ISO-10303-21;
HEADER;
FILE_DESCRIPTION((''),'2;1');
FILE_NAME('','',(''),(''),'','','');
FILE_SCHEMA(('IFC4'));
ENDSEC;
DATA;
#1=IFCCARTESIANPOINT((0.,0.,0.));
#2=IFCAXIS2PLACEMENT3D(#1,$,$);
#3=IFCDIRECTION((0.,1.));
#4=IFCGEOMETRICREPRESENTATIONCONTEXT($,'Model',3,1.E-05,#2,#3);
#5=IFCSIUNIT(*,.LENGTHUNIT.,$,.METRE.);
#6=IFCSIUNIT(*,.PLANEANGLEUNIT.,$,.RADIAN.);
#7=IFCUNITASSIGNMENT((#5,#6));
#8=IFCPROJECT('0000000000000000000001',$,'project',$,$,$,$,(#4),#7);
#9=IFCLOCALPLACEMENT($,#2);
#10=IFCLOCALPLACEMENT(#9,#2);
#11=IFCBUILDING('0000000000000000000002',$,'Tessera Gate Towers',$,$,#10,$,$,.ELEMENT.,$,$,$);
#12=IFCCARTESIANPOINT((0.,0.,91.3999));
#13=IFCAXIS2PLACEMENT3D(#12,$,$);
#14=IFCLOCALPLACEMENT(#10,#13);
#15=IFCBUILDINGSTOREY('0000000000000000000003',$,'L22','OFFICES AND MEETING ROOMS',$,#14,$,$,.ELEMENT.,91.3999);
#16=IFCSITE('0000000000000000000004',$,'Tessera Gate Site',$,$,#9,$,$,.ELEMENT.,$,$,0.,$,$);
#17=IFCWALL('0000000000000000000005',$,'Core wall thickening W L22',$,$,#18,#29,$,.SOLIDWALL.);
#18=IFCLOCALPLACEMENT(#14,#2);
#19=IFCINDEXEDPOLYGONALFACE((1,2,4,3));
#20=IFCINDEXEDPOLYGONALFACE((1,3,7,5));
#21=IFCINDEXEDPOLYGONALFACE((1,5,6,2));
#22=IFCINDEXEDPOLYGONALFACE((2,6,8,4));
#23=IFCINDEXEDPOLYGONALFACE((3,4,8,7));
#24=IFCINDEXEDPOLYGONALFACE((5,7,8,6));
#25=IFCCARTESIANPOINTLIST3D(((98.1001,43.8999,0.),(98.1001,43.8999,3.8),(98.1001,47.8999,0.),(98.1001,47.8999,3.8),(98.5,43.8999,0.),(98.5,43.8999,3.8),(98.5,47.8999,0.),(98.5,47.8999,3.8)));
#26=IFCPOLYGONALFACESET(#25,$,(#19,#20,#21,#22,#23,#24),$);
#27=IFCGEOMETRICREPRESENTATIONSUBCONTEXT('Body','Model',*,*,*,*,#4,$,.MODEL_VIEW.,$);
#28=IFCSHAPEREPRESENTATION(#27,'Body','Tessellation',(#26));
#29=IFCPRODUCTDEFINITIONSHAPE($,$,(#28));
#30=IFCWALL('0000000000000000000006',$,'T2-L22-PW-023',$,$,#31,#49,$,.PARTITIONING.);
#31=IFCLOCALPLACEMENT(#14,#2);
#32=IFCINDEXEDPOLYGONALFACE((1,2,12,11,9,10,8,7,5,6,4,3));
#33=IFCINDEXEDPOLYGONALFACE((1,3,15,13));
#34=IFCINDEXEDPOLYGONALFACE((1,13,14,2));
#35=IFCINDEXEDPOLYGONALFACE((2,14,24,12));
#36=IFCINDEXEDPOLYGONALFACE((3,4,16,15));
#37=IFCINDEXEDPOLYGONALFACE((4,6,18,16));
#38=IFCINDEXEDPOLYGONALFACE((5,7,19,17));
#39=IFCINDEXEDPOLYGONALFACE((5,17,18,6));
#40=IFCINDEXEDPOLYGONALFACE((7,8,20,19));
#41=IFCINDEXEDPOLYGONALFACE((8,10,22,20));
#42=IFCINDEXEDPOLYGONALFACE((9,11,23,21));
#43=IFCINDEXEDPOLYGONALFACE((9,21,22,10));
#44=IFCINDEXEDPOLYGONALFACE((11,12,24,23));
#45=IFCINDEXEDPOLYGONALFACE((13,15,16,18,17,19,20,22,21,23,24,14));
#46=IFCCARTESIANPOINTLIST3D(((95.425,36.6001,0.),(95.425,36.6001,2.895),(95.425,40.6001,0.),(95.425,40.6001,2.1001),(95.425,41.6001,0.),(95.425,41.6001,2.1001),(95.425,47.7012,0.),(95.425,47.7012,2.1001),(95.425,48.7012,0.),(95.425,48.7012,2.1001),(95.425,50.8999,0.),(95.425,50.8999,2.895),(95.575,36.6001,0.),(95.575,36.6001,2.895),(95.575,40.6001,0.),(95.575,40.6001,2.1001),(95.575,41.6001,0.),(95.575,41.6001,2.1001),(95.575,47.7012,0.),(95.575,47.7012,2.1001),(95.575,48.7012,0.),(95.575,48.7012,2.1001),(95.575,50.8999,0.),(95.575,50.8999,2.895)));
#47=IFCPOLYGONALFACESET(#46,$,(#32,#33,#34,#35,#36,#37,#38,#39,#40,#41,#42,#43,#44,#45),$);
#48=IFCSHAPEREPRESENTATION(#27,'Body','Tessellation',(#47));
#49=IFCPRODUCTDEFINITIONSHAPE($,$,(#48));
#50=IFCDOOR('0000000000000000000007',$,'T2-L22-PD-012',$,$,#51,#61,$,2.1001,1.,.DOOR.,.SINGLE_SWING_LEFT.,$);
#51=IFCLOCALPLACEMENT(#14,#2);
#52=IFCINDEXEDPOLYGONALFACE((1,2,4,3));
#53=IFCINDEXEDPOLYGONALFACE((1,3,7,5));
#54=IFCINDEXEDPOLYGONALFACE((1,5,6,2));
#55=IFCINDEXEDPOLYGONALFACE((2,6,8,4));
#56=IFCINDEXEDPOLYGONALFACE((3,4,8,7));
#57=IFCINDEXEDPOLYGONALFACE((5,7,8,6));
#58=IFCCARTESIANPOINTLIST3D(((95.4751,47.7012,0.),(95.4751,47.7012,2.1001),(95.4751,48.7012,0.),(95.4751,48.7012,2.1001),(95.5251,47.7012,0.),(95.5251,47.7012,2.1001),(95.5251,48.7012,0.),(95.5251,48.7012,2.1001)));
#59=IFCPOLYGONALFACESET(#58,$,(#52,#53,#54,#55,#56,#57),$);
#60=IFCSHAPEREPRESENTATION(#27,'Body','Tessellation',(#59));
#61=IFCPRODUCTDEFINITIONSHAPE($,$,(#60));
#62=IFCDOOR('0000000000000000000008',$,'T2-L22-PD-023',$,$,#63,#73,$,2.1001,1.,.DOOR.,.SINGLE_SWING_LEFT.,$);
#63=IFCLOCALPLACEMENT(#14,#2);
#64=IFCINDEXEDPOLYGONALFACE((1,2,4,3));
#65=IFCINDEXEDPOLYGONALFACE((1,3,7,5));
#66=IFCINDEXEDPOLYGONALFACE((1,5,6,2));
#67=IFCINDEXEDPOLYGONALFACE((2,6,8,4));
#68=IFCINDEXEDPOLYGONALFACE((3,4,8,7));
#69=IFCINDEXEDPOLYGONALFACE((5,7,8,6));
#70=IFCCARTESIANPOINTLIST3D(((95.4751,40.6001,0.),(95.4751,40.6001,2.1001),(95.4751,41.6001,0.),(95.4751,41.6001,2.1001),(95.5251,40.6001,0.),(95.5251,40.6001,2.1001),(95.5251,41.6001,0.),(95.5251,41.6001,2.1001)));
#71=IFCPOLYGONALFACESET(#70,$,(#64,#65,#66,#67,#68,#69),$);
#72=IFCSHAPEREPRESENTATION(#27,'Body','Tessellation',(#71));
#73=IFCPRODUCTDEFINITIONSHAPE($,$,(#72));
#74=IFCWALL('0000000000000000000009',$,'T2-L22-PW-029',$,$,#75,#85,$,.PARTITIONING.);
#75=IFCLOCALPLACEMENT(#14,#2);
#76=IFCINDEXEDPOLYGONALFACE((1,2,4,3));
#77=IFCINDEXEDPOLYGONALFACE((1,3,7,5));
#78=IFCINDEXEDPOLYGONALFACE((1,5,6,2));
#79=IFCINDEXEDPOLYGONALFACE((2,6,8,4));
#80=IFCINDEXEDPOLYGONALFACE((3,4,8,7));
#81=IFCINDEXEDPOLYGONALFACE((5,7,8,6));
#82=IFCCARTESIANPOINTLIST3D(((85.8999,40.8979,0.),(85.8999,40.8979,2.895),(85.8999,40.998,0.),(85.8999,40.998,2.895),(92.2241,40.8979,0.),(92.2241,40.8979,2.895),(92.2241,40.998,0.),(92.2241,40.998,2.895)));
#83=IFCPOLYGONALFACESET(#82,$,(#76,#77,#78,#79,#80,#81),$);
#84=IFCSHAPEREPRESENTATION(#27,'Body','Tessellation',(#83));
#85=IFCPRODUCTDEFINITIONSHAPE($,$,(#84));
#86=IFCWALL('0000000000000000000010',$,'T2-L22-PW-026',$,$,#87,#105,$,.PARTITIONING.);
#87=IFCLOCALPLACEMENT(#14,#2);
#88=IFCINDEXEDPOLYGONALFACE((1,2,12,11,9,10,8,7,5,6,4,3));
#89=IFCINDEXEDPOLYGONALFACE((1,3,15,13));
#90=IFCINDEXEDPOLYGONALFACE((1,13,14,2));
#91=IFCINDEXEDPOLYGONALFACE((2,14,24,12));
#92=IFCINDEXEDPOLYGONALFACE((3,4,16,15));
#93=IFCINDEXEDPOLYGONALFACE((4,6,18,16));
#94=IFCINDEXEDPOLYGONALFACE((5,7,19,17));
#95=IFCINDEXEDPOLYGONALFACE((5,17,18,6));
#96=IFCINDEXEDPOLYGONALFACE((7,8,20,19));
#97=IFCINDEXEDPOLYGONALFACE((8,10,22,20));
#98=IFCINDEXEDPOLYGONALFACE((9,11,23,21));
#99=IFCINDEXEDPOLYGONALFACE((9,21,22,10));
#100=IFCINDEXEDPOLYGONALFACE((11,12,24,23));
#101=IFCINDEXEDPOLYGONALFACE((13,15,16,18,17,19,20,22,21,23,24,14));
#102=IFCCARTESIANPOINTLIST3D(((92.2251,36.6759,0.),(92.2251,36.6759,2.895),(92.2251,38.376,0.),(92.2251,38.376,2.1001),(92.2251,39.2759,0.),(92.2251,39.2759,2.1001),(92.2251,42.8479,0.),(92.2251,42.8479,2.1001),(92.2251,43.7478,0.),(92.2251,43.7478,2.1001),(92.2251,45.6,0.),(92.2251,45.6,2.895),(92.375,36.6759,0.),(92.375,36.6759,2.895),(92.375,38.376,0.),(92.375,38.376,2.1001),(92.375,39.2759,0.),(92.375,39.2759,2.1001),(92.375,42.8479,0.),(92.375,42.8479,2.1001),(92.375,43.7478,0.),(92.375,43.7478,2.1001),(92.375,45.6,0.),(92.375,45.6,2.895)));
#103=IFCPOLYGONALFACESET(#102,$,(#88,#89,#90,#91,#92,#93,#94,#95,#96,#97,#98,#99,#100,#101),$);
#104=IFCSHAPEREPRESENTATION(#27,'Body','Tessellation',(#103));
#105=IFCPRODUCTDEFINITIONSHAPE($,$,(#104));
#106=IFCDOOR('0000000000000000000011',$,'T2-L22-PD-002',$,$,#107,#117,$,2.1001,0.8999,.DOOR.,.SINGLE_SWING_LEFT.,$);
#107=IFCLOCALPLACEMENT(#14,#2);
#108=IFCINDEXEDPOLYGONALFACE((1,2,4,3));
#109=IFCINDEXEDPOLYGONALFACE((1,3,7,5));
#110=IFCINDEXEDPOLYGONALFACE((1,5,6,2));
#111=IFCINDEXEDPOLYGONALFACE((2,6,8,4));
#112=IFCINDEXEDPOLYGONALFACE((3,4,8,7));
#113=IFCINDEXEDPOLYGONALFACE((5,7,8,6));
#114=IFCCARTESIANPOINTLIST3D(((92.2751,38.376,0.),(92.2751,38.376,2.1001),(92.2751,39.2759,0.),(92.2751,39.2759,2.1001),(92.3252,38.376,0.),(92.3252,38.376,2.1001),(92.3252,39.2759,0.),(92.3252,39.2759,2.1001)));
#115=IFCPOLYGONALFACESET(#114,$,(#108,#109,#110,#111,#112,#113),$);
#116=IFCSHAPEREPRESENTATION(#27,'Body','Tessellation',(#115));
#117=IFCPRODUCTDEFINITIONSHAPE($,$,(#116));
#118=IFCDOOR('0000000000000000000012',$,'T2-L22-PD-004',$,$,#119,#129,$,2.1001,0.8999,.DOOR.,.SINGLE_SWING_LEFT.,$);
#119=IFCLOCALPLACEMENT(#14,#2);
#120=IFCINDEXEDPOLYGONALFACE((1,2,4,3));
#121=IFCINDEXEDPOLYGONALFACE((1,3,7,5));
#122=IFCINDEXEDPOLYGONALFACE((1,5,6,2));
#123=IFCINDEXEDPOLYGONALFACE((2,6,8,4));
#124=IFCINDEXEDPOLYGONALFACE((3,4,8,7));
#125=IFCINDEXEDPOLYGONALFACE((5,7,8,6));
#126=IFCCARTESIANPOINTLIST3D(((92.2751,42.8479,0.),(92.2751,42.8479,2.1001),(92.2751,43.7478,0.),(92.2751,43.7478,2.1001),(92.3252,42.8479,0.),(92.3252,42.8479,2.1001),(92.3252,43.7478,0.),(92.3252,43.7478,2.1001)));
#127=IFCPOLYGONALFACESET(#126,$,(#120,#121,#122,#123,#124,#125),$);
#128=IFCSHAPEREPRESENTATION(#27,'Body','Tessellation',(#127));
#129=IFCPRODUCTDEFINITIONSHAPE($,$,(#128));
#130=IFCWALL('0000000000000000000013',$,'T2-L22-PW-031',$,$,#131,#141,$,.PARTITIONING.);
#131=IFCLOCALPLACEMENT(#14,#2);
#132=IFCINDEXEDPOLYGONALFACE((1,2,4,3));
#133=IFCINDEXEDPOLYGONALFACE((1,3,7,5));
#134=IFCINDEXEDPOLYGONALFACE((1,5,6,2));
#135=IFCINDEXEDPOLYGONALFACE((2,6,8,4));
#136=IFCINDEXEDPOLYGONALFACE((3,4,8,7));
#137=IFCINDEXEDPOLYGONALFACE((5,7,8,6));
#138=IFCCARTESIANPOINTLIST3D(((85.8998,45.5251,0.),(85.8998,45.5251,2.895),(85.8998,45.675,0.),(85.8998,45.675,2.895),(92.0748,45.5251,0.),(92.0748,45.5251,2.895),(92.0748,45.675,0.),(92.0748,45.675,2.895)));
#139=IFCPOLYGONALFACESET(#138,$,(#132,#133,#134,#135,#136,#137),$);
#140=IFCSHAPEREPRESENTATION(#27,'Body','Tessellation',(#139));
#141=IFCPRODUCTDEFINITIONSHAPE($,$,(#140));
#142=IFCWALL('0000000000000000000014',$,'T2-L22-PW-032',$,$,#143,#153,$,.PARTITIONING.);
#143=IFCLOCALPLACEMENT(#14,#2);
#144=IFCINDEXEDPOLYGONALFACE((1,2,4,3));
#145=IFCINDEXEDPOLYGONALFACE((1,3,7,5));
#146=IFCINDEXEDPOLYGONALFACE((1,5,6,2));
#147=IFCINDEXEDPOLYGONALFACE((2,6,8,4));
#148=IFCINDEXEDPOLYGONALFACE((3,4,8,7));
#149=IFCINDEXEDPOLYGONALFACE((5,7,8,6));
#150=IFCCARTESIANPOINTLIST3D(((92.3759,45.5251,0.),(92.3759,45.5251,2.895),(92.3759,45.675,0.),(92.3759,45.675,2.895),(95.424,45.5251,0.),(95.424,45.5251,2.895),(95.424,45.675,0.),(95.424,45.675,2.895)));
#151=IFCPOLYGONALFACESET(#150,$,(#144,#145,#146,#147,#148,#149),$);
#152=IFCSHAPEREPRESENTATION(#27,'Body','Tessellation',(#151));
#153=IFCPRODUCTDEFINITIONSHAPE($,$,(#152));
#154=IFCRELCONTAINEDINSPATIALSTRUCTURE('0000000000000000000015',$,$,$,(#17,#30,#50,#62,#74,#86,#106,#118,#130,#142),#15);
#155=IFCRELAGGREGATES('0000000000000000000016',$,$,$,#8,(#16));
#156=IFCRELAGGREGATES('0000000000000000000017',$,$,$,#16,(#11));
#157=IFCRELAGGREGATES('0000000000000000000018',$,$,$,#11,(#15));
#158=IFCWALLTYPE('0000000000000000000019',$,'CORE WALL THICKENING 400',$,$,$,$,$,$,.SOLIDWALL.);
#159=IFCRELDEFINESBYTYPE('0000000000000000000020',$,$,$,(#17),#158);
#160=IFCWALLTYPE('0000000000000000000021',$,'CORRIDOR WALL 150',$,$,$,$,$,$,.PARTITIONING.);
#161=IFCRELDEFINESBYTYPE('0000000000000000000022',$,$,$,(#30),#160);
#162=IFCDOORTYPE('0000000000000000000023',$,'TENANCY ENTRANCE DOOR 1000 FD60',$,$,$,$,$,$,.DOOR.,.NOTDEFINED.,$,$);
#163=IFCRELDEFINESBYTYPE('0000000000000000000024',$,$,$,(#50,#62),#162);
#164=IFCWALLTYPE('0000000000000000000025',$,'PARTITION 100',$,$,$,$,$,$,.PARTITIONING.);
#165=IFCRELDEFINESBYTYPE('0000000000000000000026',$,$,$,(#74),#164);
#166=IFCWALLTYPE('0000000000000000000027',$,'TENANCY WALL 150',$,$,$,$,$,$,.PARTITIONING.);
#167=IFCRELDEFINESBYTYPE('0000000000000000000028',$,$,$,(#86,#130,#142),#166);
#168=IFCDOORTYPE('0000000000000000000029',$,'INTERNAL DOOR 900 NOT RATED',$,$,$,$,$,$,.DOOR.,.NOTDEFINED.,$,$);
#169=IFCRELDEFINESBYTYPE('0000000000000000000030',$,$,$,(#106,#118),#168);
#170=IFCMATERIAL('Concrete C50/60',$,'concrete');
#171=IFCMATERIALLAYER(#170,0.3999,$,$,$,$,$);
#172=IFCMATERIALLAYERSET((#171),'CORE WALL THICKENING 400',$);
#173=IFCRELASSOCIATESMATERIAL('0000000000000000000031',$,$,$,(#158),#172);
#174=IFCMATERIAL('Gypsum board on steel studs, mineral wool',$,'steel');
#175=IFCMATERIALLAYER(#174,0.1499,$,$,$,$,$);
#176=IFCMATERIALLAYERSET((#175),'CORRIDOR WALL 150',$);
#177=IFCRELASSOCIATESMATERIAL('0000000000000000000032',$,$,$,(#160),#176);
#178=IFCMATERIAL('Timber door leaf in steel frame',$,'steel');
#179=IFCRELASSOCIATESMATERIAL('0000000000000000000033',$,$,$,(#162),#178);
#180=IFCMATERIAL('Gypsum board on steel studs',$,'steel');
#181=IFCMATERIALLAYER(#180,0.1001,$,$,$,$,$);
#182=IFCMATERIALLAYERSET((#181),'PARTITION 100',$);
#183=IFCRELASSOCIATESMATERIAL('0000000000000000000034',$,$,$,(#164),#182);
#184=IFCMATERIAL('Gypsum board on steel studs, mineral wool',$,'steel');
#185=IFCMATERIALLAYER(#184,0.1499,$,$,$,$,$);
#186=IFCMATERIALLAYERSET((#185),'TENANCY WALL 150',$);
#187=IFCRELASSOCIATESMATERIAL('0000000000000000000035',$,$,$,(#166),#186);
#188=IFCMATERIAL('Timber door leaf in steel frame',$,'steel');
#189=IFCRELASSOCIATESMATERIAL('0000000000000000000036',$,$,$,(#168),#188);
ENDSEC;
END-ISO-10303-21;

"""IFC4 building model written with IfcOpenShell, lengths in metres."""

from ifc_helpers import new_model, si_unit, direction, frame, frame_2d, origin, place, context, subcontext, project, spatial, rectangle, extrude, source, transform, mapped, material, layer, layer_set, type_object, element, fill, save


model = new_model("IFC4")

# Units and contexts
model_context = context("Model", 3, precision=1e-05, world=origin(), true_north=direction((0.0, 1.0)))
body_context = subcontext(model_context, "Body", "Model", "MODEL_VIEW")
ifc_project = project(units=[si_unit("LENGTHUNIT", "METRE"), si_unit("PLANEANGLEUNIT", "RADIAN")], contexts=[model_context])

# Site, building, storey
site_placement = place(None, origin())
site = spatial("IfcSite", under=ifc_project, at=site_placement, Name="Tessera Gate Site", CompositionType="ELEMENT", RefElevation=0.0)
building_placement = place(site_placement, origin())
building = spatial("IfcBuilding", under=site, at=building_placement, Name="Tessera Gate Towers", CompositionType="ELEMENT")
storey_placement = place(building_placement, frame((0.0, 0.0, 91.3999)))
storey = spatial("IfcBuildingStorey", under=building, at=storey_placement, Name="L22", Description="OFFICES AND MEETING ROOMS", CompositionType="ELEMENT", Elevation=91.3999)

# Wall
ifc_material_1 = material(Name="Concrete C50/60", Category="concrete")
ifc_layer_1 = layer(ifc_material_1, 0.3999)
ifc_layer_set_1 = layer_set([ifc_layer_1], Name="CORE WALL THICKENING 400")
wall_type_1 = type_object("IfcWallType", Name="CORE WALL THICKENING 400", PredefinedType="SOLIDWALL", material=ifc_layer_set_1)
wall_1_placement = place(storey_placement, frame((98.3, 43.8999, 0.0), z_axis=(0.0, 0.0, 1.0), x_axis=(0.0, 1.0, 0.0)))
element("IfcWall", 1, at=wall_1_placement, inside=storey, type_object=wall_type_1, Name="Core wall thickening W L22", PredefinedType="SOLIDWALL", context=body_context, shape_type="SweptSolid", body=[
    extrude(rectangle(XDim=4.0, YDim=0.3999, at=frame_2d((2.0, 0.0))), origin(), (0.0, 0.0, 1.0), 3.8),
])

# Wall, openings, doors
ifc_material_2 = material(Name="Gypsum board on steel studs, mineral wool", Category="steel")
ifc_layer_2 = layer(ifc_material_2, 0.1499)
ifc_layer_set_2 = layer_set([ifc_layer_2], Name="CORRIDOR WALL 150")
wall_type_2 = type_object("IfcWallType", Name="CORRIDOR WALL 150", PredefinedType="PARTITIONING", material=ifc_layer_set_2)
wall_2_placement = place(storey_placement, frame((95.5, 36.6001, 0.0), z_axis=(0.0, 0.0, 1.0), x_axis=(0.0, 1.0, 0.0)))
wall_2 = element("IfcWall", 2, at=wall_2_placement, inside=storey, type_object=wall_type_2, Name="T2-L22-PW-023", PredefinedType="PARTITIONING", context=body_context, shape_type="SweptSolid", body=[
    extrude(rectangle(XDim=14.2998, YDim=0.1499, at=frame_2d((7.1499, 0.0))), origin(), (0.0, 0.0, 1.0), 2.895),
])
shared_shape_1 = source(origin(), body_context, "Body", "SweptSolid", [
    extrude(rectangle(XDim=1.0, YDim=2.1001, at=frame_2d((0.5, 1.05))), frame((0.0, 0.085, 0.0), z_axis=(0.0, -1.0, 0.0), x_axis=(1.0, 0.0, 0.0)), (0.0, 0.0, 1.0), 0.1699),
])
opening_1_placement = place(wall_2_placement, frame((11.1011, 0.0, 0.0)))
opening_1 = element("IfcOpeningElement", 3, at=opening_1_placement, cuts=wall_2, PredefinedType="OPENING", context=body_context, shape_type="MappedRepresentation", body=[
    mapped(shared_shape_1, transform((0.0, 0.0, 0.0), scale=1.0)),
])
opening_2_placement = place(wall_2_placement, frame((4.0, 0.0, 0.0)))
opening_2 = element("IfcOpeningElement", 4, at=opening_2_placement, cuts=wall_2, PredefinedType="OPENING", context=body_context, shape_type="MappedRepresentation", body=[
    mapped(shared_shape_1, transform((0.0, 0.0, 0.0), scale=1.0)),
])
ifc_material_3 = material(Name="Timber door leaf in steel frame", Category="steel")
door_type_1 = type_object("IfcDoorType", Name="TENANCY ENTRANCE DOOR 1000 FD60", OperationType="NOTDEFINED", PredefinedType="DOOR", material=ifc_material_3)
shared_shape_2 = source(origin(), body_context, "Body", "SweptSolid", [
    extrude(rectangle(XDim=1.0, YDim=2.1001, at=frame_2d((0.5, 1.05))), frame((0.0, 0.0249, 0.0), z_axis=(0.0, -1.0, 0.0), x_axis=(1.0, 0.0, 0.0)), (0.0, 0.0, 1.0), 0.05),
])
door_1_placement = place(opening_1_placement, origin())
door_1 = element("IfcDoor", 5, at=door_1_placement, inside=storey, type_object=door_type_1, Name="T2-L22-PD-012", OperationType="SINGLE_SWING_LEFT", OverallHeight=2.1001, OverallWidth=1.0, PredefinedType="DOOR", context=body_context, shape_type="MappedRepresentation", body=[
    mapped(shared_shape_2, transform((0.0, 0.0, 0.0), scale=1.0)),
])
fill(opening_1, door_1)
door_2_placement = place(opening_2_placement, origin())
door_2 = element("IfcDoor", 6, at=door_2_placement, inside=storey, type_object=door_type_1, Name="T2-L22-PD-023", OperationType="SINGLE_SWING_LEFT", OverallHeight=2.1001, OverallWidth=1.0, PredefinedType="DOOR", context=body_context, shape_type="MappedRepresentation", body=[
    mapped(shared_shape_2, transform((0.0, 0.0, 0.0), scale=1.0)),
])
fill(opening_2, door_2)

# Wall
ifc_material_4 = material(Name="Gypsum board on steel studs", Category="steel")
ifc_layer_3 = layer(ifc_material_4, 0.1001)
ifc_layer_set_3 = layer_set([ifc_layer_3], Name="PARTITION 100")
wall_type_3 = type_object("IfcWallType", Name="PARTITION 100", PredefinedType="PARTITIONING", material=ifc_layer_set_3)
wall_3_placement = place(storey_placement, frame((85.8999, 40.948, 0.0), z_axis=(0.0, 0.0, 1.0), x_axis=(1.0, 0.0, 0.0)))
element("IfcWall", 7, at=wall_3_placement, inside=storey, type_object=wall_type_3, Name="T2-L22-PW-029", PredefinedType="PARTITIONING", context=body_context, shape_type="SweptSolid", body=[
    extrude(rectangle(XDim=6.3242, YDim=0.1001, at=frame_2d((3.1621, 0.0))), origin(), (0.0, 0.0, 1.0), 2.895),
])

# Wall, openings, doors
ifc_material_5 = material(Name="Gypsum board on steel studs, mineral wool", Category="steel")
ifc_layer_4 = layer(ifc_material_5, 0.1499)
ifc_layer_set_4 = layer_set([ifc_layer_4], Name="TENANCY WALL 150")
wall_type_4 = type_object("IfcWallType", Name="TENANCY WALL 150", PredefinedType="PARTITIONING", material=ifc_layer_set_4)
wall_4_placement = place(storey_placement, frame((92.3, 36.676, 0.0), z_axis=(0.0, 0.0, 1.0), x_axis=(0.0, 1.0, 0.0)))
wall_4 = element("IfcWall", 8, at=wall_4_placement, inside=storey, type_object=wall_type_4, Name="T2-L22-PW-026", PredefinedType="PARTITIONING", context=body_context, shape_type="SweptSolid", body=[
    extrude(rectangle(XDim=8.9241, YDim=0.1499, at=frame_2d((4.4619, 0.0))), origin(), (0.0, 0.0, 1.0), 2.895),
])
shared_shape_3 = source(origin(), body_context, "Body", "SweptSolid", [
    extrude(rectangle(XDim=0.8999, YDim=2.1001, at=frame_2d((0.45, 1.05))), frame((0.0, 0.085, 0.0), z_axis=(0.0, -1.0, 0.0), x_axis=(1.0, 0.0, 0.0)), (0.0, 0.0, 1.0), 0.1699),
])
opening_3_placement = place(wall_4_placement, frame((1.7, 0.0, 0.0)))
opening_3 = element("IfcOpeningElement", 9, at=opening_3_placement, cuts=wall_4, PredefinedType="OPENING", context=body_context, shape_type="MappedRepresentation", body=[
    mapped(shared_shape_3, transform((0.0, 0.0, 0.0), scale=1.0)),
])
opening_4_placement = place(wall_4_placement, frame((6.1719, 0.0, 0.0)))
opening_4 = element("IfcOpeningElement", 10, at=opening_4_placement, cuts=wall_4, PredefinedType="OPENING", context=body_context, shape_type="MappedRepresentation", body=[
    mapped(shared_shape_3, transform((0.0, 0.0, 0.0), scale=1.0)),
])
ifc_material_6 = material(Name="Timber door leaf in steel frame", Category="steel")
door_type_2 = type_object("IfcDoorType", Name="INTERNAL DOOR 900 NOT RATED", OperationType="NOTDEFINED", PredefinedType="DOOR", material=ifc_material_6)
shared_shape_4 = source(origin(), body_context, "Body", "SweptSolid", [
    extrude(rectangle(XDim=0.8999, YDim=2.1001, at=frame_2d((0.45, 1.05))), frame((0.0, 0.0249, 0.0), z_axis=(0.0, -1.0, 0.0), x_axis=(1.0, 0.0, 0.0)), (0.0, 0.0, 1.0), 0.05),
])
door_3_placement = place(opening_3_placement, origin())
door_3 = element("IfcDoor", 11, at=door_3_placement, inside=storey, type_object=door_type_2, Name="T2-L22-PD-002", OperationType="SINGLE_SWING_LEFT", OverallHeight=2.1001, OverallWidth=0.8999, PredefinedType="DOOR", context=body_context, shape_type="MappedRepresentation", body=[
    mapped(shared_shape_4, transform((0.0, 0.0, 0.0), scale=1.0)),
])
fill(opening_3, door_3)
door_4_placement = place(opening_4_placement, origin())
door_4 = element("IfcDoor", 12, at=door_4_placement, inside=storey, type_object=door_type_2, Name="T2-L22-PD-004", OperationType="SINGLE_SWING_LEFT", OverallHeight=2.1001, OverallWidth=0.8999, PredefinedType="DOOR", context=body_context, shape_type="MappedRepresentation", body=[
    mapped(shared_shape_4, transform((0.0, 0.0, 0.0), scale=1.0)),
])
fill(opening_4, door_4)

# Walls
wall_5_placement = place(storey_placement, frame((85.8999, 45.6001, 0.0), z_axis=(0.0, 0.0, 1.0), x_axis=(1.0, 0.0, 0.0)))
element("IfcWall", 13, at=wall_5_placement, inside=storey, type_object=wall_type_4, Name="T2-L22-PW-031", PredefinedType="PARTITIONING", context=body_context, shape_type="SweptSolid", body=[
    extrude(rectangle(XDim=6.175, YDim=0.1499, at=frame_2d((3.0874, 0.0))), origin(), (0.0, 0.0, 1.0), 2.895),
])
wall_6_placement = place(storey_placement, frame((92.376, 45.6001, 0.0), z_axis=(0.0, 0.0, 1.0), x_axis=(1.0, 0.0, 0.0)))
element("IfcWall", 14, at=wall_6_placement, inside=storey, type_object=wall_type_4, Name="T2-L22-PW-032", PredefinedType="PARTITIONING", context=body_context, shape_type="SweptSolid", body=[
    extrude(rectangle(XDim=3.0481, YDim=0.1499, at=frame_2d((1.5239, 0.0))), origin(), (0.0, 0.0, 1.0), 2.895),
])

save(model, "model.ifc")
